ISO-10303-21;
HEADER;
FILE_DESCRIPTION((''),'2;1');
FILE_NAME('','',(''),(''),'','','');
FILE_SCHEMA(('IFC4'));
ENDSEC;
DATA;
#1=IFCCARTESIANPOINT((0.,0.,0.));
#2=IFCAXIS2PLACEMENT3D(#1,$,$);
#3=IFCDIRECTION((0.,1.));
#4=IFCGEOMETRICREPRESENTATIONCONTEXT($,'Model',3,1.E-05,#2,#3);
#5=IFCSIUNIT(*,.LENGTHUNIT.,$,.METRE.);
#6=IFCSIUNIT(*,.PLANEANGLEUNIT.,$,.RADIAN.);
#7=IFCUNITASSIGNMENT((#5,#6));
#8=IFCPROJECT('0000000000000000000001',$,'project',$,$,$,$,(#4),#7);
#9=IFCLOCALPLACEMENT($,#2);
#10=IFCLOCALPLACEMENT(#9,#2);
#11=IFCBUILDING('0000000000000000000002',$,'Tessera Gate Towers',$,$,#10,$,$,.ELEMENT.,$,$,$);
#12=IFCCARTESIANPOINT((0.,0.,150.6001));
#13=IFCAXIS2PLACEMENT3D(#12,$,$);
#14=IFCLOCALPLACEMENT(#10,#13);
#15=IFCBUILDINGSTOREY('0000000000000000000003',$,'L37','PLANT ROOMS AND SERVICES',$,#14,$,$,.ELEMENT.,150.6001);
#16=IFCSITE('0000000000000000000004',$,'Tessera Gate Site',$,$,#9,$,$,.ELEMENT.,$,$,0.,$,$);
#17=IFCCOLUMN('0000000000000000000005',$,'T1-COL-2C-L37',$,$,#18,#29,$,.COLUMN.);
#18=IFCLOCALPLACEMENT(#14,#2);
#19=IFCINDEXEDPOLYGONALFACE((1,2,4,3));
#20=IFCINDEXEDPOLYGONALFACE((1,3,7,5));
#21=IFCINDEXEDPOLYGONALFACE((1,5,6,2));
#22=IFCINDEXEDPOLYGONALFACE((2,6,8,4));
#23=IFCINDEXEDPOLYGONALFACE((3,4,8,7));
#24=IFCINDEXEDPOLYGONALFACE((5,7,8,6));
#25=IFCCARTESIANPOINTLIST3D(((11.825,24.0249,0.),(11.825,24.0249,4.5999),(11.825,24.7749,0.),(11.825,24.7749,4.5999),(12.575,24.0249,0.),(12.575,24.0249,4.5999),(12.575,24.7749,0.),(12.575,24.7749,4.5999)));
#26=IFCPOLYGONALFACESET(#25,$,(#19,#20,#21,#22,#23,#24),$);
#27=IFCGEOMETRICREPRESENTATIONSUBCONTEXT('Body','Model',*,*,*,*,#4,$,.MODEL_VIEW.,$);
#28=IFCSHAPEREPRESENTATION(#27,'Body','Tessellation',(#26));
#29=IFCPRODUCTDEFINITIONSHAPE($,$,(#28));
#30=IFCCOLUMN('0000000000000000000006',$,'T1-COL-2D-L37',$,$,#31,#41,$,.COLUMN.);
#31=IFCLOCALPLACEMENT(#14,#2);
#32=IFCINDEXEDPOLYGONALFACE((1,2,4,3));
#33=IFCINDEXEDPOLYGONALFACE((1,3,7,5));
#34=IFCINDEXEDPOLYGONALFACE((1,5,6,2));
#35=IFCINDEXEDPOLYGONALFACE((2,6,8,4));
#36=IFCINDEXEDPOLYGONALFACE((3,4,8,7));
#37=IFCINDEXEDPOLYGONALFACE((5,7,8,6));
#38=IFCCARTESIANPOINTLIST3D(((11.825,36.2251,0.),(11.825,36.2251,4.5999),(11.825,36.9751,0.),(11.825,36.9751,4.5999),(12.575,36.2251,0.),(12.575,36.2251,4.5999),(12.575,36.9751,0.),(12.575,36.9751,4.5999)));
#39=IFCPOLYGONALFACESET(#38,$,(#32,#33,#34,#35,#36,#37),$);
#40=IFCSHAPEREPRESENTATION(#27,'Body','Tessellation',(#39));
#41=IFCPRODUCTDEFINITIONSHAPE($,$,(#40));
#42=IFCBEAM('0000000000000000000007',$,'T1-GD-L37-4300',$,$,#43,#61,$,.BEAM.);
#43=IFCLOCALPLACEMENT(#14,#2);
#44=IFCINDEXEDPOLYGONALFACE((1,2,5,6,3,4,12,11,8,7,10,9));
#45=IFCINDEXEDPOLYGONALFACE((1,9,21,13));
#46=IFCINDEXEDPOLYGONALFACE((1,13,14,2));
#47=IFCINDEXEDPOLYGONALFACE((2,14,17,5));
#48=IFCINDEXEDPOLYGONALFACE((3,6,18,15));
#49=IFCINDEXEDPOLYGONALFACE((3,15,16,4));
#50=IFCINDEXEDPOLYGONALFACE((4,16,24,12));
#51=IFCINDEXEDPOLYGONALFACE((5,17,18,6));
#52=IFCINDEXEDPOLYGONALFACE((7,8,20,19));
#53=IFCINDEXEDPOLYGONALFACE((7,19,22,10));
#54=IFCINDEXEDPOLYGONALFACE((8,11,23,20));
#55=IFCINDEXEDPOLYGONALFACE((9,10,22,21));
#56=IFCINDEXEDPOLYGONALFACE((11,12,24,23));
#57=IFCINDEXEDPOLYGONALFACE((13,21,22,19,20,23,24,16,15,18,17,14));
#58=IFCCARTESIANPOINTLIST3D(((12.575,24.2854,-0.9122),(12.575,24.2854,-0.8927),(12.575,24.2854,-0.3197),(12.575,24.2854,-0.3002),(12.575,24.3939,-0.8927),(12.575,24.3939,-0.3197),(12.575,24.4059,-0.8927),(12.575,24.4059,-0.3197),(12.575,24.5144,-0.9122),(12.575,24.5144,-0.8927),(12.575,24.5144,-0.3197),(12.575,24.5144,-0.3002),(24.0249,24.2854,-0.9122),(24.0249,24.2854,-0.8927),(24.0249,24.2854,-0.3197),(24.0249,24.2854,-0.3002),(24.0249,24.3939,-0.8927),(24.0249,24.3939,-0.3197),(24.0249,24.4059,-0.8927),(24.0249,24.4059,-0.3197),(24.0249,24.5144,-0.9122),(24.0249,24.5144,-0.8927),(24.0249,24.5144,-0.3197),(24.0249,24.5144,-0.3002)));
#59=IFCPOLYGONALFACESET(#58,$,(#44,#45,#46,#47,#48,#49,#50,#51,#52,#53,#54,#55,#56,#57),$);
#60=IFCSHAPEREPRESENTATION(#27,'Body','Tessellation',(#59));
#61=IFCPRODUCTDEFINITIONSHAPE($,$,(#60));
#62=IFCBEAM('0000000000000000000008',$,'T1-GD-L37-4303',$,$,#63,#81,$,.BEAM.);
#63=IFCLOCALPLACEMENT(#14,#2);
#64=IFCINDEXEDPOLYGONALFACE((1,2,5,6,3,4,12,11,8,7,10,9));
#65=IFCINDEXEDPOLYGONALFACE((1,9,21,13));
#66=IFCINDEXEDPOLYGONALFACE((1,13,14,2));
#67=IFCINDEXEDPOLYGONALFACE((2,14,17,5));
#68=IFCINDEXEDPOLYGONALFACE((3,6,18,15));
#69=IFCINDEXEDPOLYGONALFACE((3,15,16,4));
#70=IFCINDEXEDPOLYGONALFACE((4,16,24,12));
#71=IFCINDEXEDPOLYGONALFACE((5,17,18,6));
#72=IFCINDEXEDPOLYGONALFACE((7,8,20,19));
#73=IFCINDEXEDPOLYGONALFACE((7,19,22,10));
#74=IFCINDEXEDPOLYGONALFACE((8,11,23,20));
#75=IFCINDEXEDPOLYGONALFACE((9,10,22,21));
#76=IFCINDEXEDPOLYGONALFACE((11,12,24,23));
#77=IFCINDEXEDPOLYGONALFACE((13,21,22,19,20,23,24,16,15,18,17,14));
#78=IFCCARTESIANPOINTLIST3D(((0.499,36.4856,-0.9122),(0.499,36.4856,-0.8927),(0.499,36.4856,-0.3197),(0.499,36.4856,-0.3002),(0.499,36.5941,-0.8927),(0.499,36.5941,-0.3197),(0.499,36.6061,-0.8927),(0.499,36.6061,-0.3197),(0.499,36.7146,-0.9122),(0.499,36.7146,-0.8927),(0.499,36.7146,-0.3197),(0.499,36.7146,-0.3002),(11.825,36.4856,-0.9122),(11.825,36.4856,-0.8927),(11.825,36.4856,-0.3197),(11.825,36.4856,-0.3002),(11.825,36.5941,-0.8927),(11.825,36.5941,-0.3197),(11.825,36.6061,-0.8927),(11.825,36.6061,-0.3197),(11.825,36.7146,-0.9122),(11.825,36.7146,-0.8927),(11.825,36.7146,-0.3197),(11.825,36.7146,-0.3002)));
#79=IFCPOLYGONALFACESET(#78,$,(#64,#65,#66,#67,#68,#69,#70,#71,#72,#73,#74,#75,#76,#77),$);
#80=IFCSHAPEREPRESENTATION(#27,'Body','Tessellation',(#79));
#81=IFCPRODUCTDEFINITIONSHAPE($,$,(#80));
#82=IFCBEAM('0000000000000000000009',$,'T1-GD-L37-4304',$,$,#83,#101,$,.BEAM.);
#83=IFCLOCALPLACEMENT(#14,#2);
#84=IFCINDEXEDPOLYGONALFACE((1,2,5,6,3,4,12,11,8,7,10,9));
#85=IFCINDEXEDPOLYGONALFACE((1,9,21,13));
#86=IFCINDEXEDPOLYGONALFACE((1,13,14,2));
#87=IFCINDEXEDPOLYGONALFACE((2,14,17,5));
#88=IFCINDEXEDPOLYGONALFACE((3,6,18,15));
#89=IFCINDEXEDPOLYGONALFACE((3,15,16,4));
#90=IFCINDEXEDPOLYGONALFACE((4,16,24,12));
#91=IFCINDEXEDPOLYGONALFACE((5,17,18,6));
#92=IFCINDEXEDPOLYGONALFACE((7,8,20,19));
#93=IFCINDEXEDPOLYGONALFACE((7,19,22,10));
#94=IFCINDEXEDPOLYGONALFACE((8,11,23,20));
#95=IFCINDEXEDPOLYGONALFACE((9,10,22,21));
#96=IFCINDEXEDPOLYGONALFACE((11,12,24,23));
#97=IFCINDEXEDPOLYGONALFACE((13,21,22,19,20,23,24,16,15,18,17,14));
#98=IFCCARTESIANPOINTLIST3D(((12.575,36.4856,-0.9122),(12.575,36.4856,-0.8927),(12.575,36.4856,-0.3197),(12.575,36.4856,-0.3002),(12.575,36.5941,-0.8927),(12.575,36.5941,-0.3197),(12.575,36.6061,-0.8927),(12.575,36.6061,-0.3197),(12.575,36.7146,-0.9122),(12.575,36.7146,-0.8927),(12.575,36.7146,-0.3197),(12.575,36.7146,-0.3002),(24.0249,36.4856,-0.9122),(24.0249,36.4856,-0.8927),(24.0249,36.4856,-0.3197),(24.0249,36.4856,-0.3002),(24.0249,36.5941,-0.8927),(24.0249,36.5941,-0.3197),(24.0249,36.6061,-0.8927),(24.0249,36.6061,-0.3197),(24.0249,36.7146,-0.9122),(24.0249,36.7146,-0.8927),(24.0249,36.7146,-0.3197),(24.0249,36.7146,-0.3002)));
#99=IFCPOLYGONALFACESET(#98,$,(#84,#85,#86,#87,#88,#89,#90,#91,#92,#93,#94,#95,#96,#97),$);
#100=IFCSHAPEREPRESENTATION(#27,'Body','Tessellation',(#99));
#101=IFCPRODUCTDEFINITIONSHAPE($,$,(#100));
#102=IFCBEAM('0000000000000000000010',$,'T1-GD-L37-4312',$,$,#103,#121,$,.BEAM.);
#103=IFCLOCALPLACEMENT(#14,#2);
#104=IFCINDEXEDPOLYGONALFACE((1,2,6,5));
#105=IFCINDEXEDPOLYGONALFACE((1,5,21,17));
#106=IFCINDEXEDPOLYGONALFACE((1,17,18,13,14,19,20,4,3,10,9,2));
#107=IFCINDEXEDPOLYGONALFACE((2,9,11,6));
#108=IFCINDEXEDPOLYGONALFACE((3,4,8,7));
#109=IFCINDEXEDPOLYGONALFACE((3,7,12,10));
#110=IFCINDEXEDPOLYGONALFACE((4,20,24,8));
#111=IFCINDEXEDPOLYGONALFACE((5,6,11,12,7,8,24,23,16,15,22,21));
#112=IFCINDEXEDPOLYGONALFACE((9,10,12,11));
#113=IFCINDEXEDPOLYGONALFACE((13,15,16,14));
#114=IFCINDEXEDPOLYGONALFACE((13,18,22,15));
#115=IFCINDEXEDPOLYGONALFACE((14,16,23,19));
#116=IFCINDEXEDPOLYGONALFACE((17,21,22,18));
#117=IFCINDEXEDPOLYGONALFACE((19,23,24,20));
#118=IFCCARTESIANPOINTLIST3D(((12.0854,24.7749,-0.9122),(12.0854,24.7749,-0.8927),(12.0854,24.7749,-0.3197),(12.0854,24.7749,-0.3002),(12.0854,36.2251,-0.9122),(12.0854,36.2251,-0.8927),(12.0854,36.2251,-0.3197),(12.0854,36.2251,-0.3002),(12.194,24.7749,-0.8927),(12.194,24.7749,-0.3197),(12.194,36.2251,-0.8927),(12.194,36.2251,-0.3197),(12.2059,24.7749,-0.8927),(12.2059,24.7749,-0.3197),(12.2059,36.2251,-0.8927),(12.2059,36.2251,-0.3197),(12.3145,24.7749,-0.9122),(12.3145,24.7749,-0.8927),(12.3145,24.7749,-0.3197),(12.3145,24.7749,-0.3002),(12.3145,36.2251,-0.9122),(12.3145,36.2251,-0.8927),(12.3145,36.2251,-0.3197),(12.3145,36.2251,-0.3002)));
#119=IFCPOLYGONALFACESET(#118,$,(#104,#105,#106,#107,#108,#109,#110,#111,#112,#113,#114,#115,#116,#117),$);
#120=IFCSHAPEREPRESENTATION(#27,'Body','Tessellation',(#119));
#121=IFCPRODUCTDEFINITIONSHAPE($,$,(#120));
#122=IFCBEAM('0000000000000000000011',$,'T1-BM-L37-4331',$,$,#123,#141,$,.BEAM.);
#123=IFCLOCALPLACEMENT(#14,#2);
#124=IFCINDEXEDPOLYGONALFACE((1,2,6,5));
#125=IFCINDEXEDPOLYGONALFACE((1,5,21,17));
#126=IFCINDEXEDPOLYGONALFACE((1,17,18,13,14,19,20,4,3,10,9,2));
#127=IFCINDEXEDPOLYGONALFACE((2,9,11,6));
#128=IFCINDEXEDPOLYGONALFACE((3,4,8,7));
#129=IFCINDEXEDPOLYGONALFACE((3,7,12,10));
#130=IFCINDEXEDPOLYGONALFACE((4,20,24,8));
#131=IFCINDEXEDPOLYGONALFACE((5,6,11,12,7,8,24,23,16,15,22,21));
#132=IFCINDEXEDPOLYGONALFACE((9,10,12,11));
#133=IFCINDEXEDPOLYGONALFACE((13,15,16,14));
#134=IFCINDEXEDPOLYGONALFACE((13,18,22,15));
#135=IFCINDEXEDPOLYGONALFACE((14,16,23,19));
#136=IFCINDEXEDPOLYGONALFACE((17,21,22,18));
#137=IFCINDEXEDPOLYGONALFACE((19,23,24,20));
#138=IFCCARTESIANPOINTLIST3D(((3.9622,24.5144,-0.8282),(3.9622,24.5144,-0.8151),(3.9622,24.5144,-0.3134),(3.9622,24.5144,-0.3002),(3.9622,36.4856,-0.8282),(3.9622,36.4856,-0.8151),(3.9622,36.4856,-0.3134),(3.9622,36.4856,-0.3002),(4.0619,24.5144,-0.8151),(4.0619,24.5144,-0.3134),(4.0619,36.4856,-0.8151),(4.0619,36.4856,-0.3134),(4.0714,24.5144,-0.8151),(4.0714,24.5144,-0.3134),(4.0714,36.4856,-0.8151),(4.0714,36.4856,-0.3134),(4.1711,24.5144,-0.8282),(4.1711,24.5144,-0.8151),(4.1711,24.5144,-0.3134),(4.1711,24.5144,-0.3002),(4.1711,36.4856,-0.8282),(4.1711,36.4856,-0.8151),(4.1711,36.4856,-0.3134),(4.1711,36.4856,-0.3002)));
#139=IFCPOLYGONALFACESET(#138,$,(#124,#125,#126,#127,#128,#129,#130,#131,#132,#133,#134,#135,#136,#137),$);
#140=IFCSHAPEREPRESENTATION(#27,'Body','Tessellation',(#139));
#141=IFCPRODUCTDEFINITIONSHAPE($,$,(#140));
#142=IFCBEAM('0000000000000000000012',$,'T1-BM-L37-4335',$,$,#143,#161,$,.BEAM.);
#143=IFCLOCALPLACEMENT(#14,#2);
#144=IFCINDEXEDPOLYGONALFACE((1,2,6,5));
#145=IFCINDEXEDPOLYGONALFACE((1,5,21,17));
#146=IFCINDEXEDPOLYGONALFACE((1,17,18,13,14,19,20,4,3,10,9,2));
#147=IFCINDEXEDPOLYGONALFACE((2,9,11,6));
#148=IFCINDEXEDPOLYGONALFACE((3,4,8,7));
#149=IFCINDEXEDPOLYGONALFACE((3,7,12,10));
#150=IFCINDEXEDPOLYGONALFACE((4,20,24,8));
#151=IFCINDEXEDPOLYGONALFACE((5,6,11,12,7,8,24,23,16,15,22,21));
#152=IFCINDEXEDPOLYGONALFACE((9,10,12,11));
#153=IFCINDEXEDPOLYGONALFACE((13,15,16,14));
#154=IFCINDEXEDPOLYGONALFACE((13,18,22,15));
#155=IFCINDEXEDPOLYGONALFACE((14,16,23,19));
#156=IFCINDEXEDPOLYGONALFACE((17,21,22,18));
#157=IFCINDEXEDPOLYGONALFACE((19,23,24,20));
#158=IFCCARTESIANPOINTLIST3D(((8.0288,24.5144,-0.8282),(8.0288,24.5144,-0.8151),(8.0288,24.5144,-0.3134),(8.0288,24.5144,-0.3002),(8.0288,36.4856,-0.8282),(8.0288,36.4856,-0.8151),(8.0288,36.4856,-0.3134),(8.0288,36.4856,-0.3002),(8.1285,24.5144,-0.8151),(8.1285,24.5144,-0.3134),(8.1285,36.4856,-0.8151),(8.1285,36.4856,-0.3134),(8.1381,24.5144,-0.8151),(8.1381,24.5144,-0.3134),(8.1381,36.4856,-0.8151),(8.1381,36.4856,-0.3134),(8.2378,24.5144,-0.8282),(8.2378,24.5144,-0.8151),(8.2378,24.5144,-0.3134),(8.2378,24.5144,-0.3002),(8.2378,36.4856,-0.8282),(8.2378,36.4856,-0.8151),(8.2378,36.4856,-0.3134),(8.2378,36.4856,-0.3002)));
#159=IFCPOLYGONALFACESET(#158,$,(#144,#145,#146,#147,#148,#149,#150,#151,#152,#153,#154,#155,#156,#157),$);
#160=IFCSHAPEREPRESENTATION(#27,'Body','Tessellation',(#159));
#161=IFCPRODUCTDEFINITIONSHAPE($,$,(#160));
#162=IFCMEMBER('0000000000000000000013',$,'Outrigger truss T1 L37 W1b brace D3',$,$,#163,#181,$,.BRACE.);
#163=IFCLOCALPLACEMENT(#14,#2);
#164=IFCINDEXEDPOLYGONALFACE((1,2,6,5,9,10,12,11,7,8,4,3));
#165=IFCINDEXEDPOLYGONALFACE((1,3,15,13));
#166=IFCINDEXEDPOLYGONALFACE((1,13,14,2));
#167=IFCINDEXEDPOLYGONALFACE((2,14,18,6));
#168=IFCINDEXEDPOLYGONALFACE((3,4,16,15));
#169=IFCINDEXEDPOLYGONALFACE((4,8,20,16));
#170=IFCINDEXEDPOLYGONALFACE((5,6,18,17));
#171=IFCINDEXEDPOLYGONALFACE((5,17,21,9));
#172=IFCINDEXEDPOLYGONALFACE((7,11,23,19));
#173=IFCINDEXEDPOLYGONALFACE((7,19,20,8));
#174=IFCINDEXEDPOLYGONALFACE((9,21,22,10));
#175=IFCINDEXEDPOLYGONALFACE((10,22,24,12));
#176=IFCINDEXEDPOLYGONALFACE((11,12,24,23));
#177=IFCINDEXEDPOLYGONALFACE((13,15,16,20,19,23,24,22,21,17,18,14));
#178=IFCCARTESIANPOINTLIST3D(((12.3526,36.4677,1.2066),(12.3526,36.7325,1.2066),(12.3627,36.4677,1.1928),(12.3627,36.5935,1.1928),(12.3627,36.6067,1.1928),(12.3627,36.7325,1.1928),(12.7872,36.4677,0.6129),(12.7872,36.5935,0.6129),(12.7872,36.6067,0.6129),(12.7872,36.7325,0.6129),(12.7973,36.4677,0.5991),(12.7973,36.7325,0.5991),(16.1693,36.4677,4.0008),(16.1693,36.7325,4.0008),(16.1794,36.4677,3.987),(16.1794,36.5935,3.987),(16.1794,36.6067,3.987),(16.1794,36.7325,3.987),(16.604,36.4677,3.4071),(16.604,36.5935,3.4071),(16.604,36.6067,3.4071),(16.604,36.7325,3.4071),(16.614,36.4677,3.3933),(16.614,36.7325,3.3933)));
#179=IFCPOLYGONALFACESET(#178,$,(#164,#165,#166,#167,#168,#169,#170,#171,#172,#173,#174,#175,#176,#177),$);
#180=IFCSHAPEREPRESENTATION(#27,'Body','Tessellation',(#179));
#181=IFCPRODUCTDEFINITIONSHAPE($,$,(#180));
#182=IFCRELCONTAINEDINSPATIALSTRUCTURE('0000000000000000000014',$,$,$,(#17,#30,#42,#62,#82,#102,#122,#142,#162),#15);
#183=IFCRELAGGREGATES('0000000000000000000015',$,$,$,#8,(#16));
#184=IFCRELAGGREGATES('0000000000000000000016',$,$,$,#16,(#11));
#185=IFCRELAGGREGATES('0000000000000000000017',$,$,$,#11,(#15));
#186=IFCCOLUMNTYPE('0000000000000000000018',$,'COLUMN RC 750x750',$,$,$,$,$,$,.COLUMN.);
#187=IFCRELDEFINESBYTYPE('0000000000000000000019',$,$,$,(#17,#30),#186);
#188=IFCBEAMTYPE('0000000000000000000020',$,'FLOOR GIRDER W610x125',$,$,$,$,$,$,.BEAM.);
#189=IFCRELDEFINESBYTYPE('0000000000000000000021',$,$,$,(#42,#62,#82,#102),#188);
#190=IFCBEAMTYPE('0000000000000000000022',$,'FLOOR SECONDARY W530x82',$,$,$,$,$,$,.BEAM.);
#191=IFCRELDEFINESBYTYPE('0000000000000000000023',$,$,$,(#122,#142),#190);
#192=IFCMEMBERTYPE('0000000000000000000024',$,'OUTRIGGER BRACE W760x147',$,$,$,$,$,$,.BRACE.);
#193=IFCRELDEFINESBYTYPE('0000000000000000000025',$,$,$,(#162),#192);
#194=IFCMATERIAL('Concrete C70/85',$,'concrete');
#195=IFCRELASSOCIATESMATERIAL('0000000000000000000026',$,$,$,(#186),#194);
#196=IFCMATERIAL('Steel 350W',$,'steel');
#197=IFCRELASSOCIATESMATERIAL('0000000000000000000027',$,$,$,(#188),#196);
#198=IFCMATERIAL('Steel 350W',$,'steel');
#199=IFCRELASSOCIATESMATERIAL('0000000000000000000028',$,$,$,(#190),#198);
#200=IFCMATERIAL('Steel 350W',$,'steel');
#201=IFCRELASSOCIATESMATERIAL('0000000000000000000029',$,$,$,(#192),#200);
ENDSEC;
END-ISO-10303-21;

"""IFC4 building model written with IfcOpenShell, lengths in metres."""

from ifc_helpers import new_model, si_unit, direction, frame, origin, origin_2d, place, context, subcontext, project, spatial, rectangle, i_section, extrude, material, material_profile, profile_set, type_object, element, save


model = new_model("IFC4")

# Units and contexts
model_context = context("Model", 3, precision=1e-05, world=origin(), true_north=direction((0.0, 1.0)))
body_context = subcontext(model_context, "Body", "Model", "MODEL_VIEW")
ifc_project = project(units=[si_unit("LENGTHUNIT", "METRE"), si_unit("PLANEANGLEUNIT", "RADIAN")], contexts=[model_context])

# Site, building, storey
site_placement = place(None, origin())
site = spatial("IfcSite", under=ifc_project, at=site_placement, Name="Tessera Gate Site", CompositionType="ELEMENT", RefElevation=0.0)
building_placement = place(site_placement, origin())
building = spatial("IfcBuilding", under=site, at=building_placement, Name="Tessera Gate Towers", CompositionType="ELEMENT")
storey_placement = place(building_placement, frame((0.0, 0.0, 150.6001)))
storey = spatial("IfcBuildingStorey", under=building, at=storey_placement, Name="L37", Description="PLANT ROOMS AND SERVICES", CompositionType="ELEMENT", Elevation=150.6001)

# Columns
ifc_material_1 = material(Name="Concrete C70/85", Category="concrete")
ifc_material_profile_1 = material_profile(ifc_material_1, rectangle(XDim=0.75, YDim=0.75, at=origin_2d()), Name="RC 750x750")
ifc_profile_set_1 = profile_set([ifc_material_profile_1], Name="Concrete C70/85")
column_type = type_object("IfcColumnType", Name="COLUMN RC 750x750", PredefinedType="COLUMN", material=ifc_profile_set_1)
for number, where, z_axis, x_axis, name in (
    (1, (12.2, 24.3999, 0.0), (0.0, 0.0, 1.0), (1.0, 0.0, 0.0), "T1-COL-2C-L37"),
    (2, (12.2, 36.6001, 0.0), (0.0, 0.0, 1.0), (1.0, 0.0, 0.0), "T1-COL-2D-L37"),
):
    element("IfcColumn", number, at=place(storey_placement, frame(where, z_axis=z_axis, x_axis=x_axis)), inside=storey, type_object=column_type, Name=name, PredefinedType="COLUMN", context=body_context, shape_type="SweptSolid", body=[
        extrude(rectangle(XDim=0.75, YDim=0.75, at=origin_2d()), origin(), (0.0, 0.0, 1.0), 4.5999),
    ])

# Beams
ifc_material_2 = material(Name="Steel 350W", Category="steel")
ifc_material_profile_2 = material_profile(ifc_material_2, i_section(OverallWidth=0.229, OverallDepth=0.6121, WebThickness=0.012, FlangeThickness=0.0195, at=origin_2d()), Name="W610x125")
ifc_profile_set_2 = profile_set([ifc_material_profile_2], Name="Steel 350W")
beam_type_1 = type_object("IfcBeamType", Name="FLOOR GIRDER W610x125", PredefinedType="BEAM", material=ifc_profile_set_2)
beam_1_placement = place(storey_placement, frame((12.575, 24.3999, -0.6062), z_axis=(1.0, 0.0, 0.0), x_axis=(0.0, 1.0, 0.0)))
element("IfcBeam", 3, at=beam_1_placement, inside=storey, type_object=beam_type_1, Name="T1-GD-L37-4300", PredefinedType="BEAM", context=body_context, shape_type="SweptSolid", body=[
    extrude(i_section(OverallWidth=0.229, OverallDepth=0.6121, WebThickness=0.012, FlangeThickness=0.0195, at=origin_2d()), origin(), (0.0, 0.0, 1.0), 11.45),
])
beam_2_placement = place(storey_placement, frame((0.499, 36.6001, -0.6062), z_axis=(1.0, 0.0, 0.0), x_axis=(0.0, 1.0, 0.0)))
element("IfcBeam", 4, at=beam_2_placement, inside=storey, type_object=beam_type_1, Name="T1-GD-L37-4303", PredefinedType="BEAM", context=body_context, shape_type="SweptSolid", body=[
    extrude(i_section(OverallWidth=0.229, OverallDepth=0.6121, WebThickness=0.012, FlangeThickness=0.0195, at=origin_2d()), origin(), (0.0, 0.0, 1.0), 11.3259),
])
beam_3_placement = place(storey_placement, frame((12.575, 36.6001, -0.6062), z_axis=(1.0, 0.0, 0.0), x_axis=(0.0, 1.0, 0.0)))
element("IfcBeam", 5, at=beam_3_placement, inside=storey, type_object=beam_type_1, Name="T1-GD-L37-4304", PredefinedType="BEAM", context=body_context, shape_type="SweptSolid", body=[
    extrude(i_section(OverallWidth=0.229, OverallDepth=0.6121, WebThickness=0.012, FlangeThickness=0.0195, at=origin_2d()), origin(), (0.0, 0.0, 1.0), 11.45),
])
beam_4_placement = place(storey_placement, frame((12.2, 24.7749, -0.6062), z_axis=(0.0, 1.0, 0.0), x_axis=(-1.0, 0.0, 0.0)))
element("IfcBeam", 6, at=beam_4_placement, inside=storey, type_object=beam_type_1, Name="T1-GD-L37-4312", PredefinedType="BEAM", context=body_context, shape_type="SweptSolid", body=[
    extrude(i_section(OverallWidth=0.229, OverallDepth=0.6121, WebThickness=0.012, FlangeThickness=0.0195, at=origin_2d()), origin(), (0.0, 0.0, 1.0), 11.4502),
])
ifc_material_3 = material(Name="Steel 350W", Category="steel")
ifc_material_profile_3 = material_profile(ifc_material_3, i_section(OverallWidth=0.209, OverallDepth=0.5281, WebThickness=0.0095, FlangeThickness=0.0132, at=origin_2d()), Name="W530x82")
ifc_profile_set_3 = profile_set([ifc_material_profile_3], Name="Steel 350W")
beam_type_2 = type_object("IfcBeamType", Name="FLOOR SECONDARY W530x82", PredefinedType="BEAM", material=ifc_profile_set_3)
for number, where, z_axis, x_axis, name in (
    (7, (4.0667, 24.5144, -0.5642), (0.0, 1.0, 0.0), (-1.0, 0.0, 0.0), "T1-BM-L37-4331"),
    (8, (8.1333, 24.5144, -0.5642), (0.0, 1.0, 0.0), (-1.0, 0.0, 0.0), "T1-BM-L37-4335"),
):
    element("IfcBeam", number, at=place(storey_placement, frame(where, z_axis=z_axis, x_axis=x_axis)), inside=storey, type_object=beam_type_2, Name=name, PredefinedType="BEAM", context=body_context, shape_type="SweptSolid", body=[
        extrude(i_section(OverallWidth=0.209, OverallDepth=0.5281, WebThickness=0.0095, FlangeThickness=0.0132, at=origin_2d()), origin(), (0.0, 0.0, 1.0), 11.9712),
    ])

# Member
ifc_material_4 = material(Name="Steel 350W", Category="steel")
ifc_material_profile_4 = material_profile(ifc_material_4, i_section(OverallWidth=0.2649, OverallDepth=0.7529, WebThickness=0.0132, FlangeThickness=0.0171, at=origin_2d()), Name="W760x147")
ifc_profile_set_4 = profile_set([ifc_material_profile_4], Name="Steel 350W")
member_type_1 = type_object("IfcMemberType", Name="OUTRIGGER BRACE W760x147", PredefinedType="BRACE", material=ifc_profile_set_4)
member_1_placement = place(storey_placement, frame((12.575, 36.6001, 0.9028), z_axis=(0.806877, 0.0, 0.590719), x_axis=(0.0, 1.0, 0.0)))
element("IfcMember", 9, at=member_1_placement, inside=storey, type_object=member_type_1, Name="Outrigger truss T1 L37 W1b brace D3", PredefinedType="BRACE", context=body_context, shape_type="SweptSolid", body=[
    extrude(i_section(OverallWidth=0.2649, OverallDepth=0.7529, WebThickness=0.0132, FlangeThickness=0.0171, at=origin_2d()), origin(), (0.0, 0.0, 1.0), 4.7302),
])

save(model, "model.ifc")
